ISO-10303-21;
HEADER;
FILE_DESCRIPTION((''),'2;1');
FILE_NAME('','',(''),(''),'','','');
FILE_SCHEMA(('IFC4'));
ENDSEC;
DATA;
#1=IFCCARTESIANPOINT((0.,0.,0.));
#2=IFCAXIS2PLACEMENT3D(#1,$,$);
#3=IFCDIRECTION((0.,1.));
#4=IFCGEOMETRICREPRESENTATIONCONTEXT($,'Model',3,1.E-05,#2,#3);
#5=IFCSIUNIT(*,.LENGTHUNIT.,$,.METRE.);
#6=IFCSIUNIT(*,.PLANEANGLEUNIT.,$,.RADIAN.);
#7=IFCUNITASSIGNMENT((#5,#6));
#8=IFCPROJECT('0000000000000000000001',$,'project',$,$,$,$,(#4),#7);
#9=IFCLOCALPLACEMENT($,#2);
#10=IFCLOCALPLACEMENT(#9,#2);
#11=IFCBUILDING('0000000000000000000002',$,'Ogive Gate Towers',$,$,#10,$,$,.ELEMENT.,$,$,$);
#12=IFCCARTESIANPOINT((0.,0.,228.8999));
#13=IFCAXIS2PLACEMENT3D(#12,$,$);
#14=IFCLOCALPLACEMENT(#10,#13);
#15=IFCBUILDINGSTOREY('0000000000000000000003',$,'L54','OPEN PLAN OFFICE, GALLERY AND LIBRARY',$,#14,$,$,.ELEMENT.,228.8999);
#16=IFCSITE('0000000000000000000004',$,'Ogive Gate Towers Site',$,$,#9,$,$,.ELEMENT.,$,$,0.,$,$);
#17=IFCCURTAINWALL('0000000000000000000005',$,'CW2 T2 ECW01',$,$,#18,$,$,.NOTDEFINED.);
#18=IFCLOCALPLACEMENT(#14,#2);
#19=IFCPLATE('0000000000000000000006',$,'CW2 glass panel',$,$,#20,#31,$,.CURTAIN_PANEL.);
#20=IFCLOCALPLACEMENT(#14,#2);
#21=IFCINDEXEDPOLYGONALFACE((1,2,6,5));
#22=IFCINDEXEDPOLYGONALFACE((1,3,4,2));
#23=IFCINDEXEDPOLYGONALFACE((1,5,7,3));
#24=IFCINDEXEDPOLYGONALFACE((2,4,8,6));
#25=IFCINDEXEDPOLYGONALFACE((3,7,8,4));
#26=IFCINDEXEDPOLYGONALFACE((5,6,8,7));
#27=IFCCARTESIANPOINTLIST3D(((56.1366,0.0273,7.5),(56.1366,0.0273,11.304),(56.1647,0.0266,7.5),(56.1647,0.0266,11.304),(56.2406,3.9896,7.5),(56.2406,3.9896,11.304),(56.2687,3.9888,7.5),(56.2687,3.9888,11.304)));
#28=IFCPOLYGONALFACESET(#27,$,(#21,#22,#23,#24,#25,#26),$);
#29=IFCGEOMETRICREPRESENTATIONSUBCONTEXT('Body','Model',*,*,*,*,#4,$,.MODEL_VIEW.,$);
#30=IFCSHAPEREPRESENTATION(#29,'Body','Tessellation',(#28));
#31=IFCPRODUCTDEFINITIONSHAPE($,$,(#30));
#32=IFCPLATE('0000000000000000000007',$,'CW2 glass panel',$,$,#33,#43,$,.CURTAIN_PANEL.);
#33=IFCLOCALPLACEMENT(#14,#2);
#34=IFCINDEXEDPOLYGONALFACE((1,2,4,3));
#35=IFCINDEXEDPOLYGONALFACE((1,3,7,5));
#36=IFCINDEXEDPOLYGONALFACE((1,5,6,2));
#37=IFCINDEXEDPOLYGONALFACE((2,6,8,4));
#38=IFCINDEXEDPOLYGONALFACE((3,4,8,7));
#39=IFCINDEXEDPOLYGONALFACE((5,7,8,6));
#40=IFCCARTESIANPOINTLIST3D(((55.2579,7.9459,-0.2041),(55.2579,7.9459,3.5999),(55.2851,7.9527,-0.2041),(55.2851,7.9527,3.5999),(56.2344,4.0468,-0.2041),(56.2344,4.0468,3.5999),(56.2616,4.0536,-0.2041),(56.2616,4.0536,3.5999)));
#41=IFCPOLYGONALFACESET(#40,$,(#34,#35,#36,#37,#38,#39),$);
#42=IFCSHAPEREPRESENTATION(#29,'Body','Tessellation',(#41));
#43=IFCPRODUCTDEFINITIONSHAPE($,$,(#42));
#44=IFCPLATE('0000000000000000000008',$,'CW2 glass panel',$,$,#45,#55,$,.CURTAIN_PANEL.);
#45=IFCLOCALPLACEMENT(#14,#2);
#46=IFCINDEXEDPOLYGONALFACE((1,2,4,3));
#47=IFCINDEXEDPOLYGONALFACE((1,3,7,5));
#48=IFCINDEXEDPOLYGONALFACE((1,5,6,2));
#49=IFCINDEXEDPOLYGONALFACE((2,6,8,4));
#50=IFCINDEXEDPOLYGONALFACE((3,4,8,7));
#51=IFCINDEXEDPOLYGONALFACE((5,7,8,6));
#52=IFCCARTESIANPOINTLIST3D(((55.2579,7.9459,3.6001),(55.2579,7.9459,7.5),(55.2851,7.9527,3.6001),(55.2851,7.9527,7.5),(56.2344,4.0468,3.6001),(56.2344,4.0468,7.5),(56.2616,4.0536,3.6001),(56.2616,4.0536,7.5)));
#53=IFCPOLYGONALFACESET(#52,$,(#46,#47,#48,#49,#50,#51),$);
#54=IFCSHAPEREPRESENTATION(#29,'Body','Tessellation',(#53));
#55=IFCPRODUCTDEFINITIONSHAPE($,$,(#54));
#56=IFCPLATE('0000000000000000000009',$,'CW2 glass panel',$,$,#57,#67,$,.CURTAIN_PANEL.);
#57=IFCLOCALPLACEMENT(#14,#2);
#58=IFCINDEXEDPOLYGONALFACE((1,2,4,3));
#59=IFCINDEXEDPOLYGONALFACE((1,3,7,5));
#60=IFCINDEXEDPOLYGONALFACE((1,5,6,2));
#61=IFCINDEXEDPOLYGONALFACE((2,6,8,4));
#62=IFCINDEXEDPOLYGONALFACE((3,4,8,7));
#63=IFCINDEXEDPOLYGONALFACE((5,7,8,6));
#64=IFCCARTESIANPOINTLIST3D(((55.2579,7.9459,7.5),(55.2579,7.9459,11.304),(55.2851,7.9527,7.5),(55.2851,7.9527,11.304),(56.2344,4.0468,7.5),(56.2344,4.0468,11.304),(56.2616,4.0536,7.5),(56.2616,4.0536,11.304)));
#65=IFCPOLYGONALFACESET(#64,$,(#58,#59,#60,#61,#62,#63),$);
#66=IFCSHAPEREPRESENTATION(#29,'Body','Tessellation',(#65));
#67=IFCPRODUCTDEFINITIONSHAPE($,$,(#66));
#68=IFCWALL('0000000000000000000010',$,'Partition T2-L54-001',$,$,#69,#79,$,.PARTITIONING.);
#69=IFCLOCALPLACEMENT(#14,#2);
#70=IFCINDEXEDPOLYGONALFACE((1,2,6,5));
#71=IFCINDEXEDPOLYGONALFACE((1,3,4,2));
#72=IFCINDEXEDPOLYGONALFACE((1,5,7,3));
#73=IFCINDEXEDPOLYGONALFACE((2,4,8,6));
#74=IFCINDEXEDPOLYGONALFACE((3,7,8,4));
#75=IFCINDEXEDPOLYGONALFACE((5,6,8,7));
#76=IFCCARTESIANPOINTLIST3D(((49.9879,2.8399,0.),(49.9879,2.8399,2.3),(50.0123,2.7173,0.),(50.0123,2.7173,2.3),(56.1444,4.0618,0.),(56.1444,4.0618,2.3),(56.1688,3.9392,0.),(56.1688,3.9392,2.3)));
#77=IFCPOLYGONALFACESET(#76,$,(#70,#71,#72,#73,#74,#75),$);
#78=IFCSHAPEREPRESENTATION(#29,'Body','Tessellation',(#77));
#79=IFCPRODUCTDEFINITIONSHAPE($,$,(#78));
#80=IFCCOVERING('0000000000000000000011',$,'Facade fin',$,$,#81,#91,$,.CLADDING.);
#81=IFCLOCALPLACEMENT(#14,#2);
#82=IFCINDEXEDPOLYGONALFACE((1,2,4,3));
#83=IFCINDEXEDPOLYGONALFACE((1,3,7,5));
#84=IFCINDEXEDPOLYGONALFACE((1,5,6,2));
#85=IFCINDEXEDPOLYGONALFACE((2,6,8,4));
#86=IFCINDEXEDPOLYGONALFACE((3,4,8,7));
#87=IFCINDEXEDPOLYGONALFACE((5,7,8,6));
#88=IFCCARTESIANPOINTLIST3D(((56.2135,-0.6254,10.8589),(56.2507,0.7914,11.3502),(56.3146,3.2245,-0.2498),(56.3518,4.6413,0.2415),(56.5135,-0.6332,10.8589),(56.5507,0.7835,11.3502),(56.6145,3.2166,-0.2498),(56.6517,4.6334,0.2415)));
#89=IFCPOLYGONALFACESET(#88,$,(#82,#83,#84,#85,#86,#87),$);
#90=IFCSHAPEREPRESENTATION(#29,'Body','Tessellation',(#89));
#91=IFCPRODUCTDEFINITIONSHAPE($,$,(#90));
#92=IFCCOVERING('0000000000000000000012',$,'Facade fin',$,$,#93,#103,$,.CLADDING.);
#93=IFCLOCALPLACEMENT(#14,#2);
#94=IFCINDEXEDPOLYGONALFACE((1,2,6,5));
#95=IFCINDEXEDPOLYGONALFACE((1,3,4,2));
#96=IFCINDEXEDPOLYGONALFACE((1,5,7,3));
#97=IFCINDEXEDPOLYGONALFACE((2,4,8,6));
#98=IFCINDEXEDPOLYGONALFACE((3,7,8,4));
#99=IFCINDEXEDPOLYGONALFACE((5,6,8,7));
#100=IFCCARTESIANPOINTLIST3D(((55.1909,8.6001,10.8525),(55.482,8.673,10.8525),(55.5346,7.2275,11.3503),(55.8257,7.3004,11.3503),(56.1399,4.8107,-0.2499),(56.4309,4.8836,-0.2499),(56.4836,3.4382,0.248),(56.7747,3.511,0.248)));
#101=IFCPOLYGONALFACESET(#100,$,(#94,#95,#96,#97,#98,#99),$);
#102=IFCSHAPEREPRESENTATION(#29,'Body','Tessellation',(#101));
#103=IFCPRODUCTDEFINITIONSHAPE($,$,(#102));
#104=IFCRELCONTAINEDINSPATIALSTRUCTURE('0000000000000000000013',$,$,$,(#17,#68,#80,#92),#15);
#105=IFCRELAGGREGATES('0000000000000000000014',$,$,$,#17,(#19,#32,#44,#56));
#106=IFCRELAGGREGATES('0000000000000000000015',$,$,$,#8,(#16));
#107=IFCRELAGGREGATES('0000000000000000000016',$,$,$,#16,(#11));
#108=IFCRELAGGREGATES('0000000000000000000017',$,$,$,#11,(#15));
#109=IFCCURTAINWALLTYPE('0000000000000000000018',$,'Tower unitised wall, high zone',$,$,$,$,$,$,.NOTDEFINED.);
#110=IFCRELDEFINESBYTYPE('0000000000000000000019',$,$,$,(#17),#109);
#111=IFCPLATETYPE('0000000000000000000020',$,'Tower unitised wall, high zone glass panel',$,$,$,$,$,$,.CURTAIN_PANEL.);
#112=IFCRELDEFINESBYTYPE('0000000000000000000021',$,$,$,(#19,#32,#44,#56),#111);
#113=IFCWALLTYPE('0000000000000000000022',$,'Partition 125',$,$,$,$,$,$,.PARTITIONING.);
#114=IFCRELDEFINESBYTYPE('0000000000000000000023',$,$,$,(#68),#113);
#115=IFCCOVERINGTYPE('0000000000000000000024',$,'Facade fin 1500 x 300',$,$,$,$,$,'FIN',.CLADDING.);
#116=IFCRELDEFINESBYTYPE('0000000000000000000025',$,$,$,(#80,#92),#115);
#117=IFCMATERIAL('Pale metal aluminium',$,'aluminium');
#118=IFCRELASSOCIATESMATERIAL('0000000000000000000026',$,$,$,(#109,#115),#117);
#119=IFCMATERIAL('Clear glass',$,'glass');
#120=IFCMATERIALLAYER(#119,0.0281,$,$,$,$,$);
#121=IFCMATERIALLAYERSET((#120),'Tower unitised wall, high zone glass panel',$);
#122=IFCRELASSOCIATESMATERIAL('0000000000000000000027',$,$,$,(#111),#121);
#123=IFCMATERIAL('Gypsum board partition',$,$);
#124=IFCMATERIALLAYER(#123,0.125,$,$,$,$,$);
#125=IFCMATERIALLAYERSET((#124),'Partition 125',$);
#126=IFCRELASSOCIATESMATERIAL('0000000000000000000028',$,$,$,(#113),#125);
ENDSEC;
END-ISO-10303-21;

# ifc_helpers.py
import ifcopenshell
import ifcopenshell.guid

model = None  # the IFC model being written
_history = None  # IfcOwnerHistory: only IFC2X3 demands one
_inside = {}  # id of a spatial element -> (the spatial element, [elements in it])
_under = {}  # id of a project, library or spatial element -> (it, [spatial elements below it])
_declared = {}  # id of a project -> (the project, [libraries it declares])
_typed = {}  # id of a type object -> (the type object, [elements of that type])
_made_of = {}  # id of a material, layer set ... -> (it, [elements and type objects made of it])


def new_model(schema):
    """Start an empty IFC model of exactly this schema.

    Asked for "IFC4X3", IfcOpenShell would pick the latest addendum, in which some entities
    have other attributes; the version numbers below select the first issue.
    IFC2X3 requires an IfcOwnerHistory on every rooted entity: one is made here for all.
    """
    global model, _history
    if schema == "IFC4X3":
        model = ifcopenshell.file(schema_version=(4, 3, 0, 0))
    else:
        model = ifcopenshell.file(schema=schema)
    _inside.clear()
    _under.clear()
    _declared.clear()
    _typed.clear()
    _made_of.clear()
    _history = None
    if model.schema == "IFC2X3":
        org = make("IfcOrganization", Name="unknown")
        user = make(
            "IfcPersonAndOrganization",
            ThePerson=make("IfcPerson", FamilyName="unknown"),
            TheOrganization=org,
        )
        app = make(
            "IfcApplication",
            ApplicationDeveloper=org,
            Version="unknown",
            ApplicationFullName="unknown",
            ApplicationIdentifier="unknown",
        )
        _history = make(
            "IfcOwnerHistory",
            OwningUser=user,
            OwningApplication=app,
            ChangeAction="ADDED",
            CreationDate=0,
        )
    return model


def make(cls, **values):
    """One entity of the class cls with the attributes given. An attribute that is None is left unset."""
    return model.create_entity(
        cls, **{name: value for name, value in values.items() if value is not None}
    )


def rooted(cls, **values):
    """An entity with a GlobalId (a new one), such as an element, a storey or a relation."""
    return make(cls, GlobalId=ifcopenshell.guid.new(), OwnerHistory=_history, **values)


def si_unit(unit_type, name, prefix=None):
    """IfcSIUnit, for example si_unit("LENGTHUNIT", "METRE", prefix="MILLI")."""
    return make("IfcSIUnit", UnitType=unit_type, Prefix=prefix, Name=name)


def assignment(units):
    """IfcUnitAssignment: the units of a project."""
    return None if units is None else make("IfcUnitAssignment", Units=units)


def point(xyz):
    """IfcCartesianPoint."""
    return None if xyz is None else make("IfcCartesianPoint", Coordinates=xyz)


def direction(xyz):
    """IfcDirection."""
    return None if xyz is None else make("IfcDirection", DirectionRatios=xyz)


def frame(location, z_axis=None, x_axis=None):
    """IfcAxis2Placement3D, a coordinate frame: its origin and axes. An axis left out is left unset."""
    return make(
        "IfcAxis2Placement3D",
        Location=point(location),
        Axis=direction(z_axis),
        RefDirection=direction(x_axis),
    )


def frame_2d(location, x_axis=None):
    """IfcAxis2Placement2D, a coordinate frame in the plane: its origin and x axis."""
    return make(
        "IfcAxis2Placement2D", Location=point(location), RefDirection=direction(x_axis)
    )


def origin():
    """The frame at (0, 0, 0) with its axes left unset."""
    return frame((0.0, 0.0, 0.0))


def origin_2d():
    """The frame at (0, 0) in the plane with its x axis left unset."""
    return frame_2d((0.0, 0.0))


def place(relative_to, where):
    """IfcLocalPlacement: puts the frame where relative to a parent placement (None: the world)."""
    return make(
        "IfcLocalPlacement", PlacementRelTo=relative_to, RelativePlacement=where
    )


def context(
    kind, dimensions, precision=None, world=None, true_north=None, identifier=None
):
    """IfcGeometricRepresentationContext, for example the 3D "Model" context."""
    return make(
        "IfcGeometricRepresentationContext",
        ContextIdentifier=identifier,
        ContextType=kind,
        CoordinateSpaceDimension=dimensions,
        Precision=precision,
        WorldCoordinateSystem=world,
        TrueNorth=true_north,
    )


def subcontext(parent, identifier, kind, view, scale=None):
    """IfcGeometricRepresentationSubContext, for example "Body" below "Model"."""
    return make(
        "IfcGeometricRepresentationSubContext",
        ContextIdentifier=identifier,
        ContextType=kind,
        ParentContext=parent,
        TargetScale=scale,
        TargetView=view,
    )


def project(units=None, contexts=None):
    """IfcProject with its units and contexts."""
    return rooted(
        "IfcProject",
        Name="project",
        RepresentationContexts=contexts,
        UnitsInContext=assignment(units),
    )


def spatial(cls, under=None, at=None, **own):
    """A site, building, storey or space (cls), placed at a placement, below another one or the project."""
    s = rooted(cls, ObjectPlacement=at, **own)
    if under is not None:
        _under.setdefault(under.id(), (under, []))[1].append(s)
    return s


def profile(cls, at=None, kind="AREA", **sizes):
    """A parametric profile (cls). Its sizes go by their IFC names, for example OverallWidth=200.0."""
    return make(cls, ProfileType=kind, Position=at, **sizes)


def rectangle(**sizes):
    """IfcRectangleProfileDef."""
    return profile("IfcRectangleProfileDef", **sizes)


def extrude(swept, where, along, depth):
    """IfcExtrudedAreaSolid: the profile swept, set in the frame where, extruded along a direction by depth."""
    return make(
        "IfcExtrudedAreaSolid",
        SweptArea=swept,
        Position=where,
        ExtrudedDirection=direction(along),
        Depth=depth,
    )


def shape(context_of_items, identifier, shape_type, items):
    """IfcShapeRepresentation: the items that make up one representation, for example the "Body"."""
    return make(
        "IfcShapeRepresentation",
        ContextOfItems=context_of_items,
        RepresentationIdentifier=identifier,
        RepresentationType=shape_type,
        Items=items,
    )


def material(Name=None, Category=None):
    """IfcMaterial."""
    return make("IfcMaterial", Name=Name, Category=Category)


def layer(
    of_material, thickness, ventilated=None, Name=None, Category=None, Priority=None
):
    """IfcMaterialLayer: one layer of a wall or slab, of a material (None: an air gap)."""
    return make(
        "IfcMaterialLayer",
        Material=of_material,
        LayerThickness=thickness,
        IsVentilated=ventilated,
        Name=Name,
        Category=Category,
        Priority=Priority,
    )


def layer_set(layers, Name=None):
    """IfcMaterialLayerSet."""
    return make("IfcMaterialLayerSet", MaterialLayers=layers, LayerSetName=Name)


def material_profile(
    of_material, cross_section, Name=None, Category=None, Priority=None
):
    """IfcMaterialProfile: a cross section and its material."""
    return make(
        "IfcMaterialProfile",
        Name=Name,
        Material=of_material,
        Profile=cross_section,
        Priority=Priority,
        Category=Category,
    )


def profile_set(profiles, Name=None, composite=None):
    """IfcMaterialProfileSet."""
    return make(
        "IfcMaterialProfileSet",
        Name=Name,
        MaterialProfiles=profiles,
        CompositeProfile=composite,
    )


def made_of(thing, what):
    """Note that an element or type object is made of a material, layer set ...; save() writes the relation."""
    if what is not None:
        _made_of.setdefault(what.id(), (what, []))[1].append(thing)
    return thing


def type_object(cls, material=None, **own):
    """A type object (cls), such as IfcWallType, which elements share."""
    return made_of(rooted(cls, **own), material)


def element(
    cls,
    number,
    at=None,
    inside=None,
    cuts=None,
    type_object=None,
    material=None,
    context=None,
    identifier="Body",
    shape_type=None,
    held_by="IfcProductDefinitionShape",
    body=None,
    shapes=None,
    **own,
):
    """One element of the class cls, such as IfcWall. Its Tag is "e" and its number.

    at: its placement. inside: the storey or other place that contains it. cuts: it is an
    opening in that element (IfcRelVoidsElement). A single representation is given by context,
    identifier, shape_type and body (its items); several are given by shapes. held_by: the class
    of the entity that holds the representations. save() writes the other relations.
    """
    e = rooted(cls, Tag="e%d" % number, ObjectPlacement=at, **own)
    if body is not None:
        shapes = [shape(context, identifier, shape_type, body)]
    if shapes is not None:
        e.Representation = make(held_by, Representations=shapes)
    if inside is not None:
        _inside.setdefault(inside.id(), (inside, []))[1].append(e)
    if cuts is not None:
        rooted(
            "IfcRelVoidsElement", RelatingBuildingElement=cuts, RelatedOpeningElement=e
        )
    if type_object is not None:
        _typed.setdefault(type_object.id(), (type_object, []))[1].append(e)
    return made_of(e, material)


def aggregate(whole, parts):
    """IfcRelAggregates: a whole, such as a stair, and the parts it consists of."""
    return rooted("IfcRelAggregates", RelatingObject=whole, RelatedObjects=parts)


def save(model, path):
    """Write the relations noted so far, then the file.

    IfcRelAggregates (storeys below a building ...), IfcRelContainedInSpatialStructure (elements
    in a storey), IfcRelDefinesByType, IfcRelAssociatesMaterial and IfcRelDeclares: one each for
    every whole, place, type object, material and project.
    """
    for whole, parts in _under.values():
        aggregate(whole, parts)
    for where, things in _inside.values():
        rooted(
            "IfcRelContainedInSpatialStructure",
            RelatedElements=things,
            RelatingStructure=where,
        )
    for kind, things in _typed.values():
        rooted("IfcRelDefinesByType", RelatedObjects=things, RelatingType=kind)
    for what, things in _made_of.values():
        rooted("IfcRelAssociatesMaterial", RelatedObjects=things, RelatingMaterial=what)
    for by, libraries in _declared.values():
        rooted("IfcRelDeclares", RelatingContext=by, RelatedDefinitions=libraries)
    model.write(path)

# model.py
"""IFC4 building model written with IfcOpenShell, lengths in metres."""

from ifc_helpers import new_model, si_unit, direction, frame, frame_2d, origin, origin_2d, place, context, subcontext, project, spatial, rectangle, extrude, material, layer, layer_set, material_profile, profile_set, type_object, element, aggregate, save


model = new_model("IFC4")

# Units and contexts
model_context = context("Model", 3, precision=1e-05, world=origin(), true_north=direction((0.0, 1.0)))
body_context = subcontext(model_context, "Body", "Model", "MODEL_VIEW")
ifc_project = project(units=[si_unit("LENGTHUNIT", "METRE"), si_unit("PLANEANGLEUNIT", "RADIAN")], contexts=[model_context])

# Site, building, storey
site_placement = place(None, origin())
site = spatial("IfcSite", under=ifc_project, at=site_placement, Name="Ogive Gate Towers Site", CompositionType="ELEMENT", RefElevation=0.0)
building_placement = place(site_placement, origin())
building = spatial("IfcBuilding", under=site, at=building_placement, Name="Ogive Gate Towers", CompositionType="ELEMENT")
storey_placement = place(building_placement, frame((0.0, 0.0, 228.8999)))
storey = spatial("IfcBuildingStorey", under=building, at=storey_placement, Name="L54", Description="OPEN PLAN OFFICE, GALLERY AND LIBRARY", CompositionType="ELEMENT", Elevation=228.8999)

# Curtain wall, plates
ifc_material_1 = material(Name="Pale metal aluminium", Category="aluminium")
curtain_wall_type = type_object("IfcCurtainWallType", Name="Tower unitised wall, high zone", PredefinedType="NOTDEFINED", material=ifc_material_1)
curtain_wall_placement = place(storey_placement, origin())
curtain_wall = element("IfcCurtainWall", 1, at=curtain_wall_placement, inside=storey, type_object=curtain_wall_type, Name="CW2 T2 ECW01", PredefinedType="NOTDEFINED")
ifc_material_2 = material(Name="Clear glass", Category="glass")
ifc_layer_1 = layer(ifc_material_2, 0.0281)
ifc_layer_set_1 = layer_set([ifc_layer_1], Name="Tower unitised wall, high zone glass panel")
plate_type = type_object("IfcPlateType", Name="Tower unitised wall, high zone glass panel", PredefinedType="CURTAIN_PANEL", material=ifc_layer_set_1)
plate_1_placement = place(storey_placement, frame((56.2026, 2.0081, 7.5), z_axis=(0.0, 0.0, 1.0), x_axis=(0.026229, 0.999656, 0.0)))
plate_1 = element("IfcPlate", 2, at=plate_1_placement, type_object=plate_type, Name="CW2 glass panel", PredefinedType="CURTAIN_PANEL", context=body_context, shape_type="SweptSolid", body=[
    extrude(rectangle(XDim=3.9636, YDim=0.0281, at=origin_2d()), origin(), (0.0, 0.0, 1.0), 3.804),
])
plate_2_placement = place(storey_placement, frame((55.7598, 5.9998, -0.2041), z_axis=(0.0, 0.0, 1.0), x_axis=(-0.242938, 0.970042, 0.0)))
plate_2 = element("IfcPlate", 3, at=plate_2_placement, type_object=plate_type, Name="CW2 glass panel", PredefinedType="CURTAIN_PANEL", context=body_context, shape_type="SweptSolid", body=[
    extrude(rectangle(XDim=4.0195, YDim=0.0281, at=origin_2d()), origin(), (0.0, 0.0, 1.0), 3.804),
])
plate_3_placement = place(storey_placement, frame((55.7598, 5.9998, 3.6001), z_axis=(0.0, 0.0, 1.0), x_axis=(-0.242938, 0.970042, 0.0)))
plate_3 = element("IfcPlate", 4, at=plate_3_placement, type_object=plate_type, Name="CW2 glass panel", PredefinedType="CURTAIN_PANEL", context=body_context, shape_type="SweptSolid", body=[
    extrude(rectangle(XDim=4.0195, YDim=0.0281, at=origin_2d()), origin(), (0.0, 0.0, 1.0), 3.8999),
])
plate_4_placement = place(storey_placement, frame((55.7598, 5.9998, 7.5), z_axis=(0.0, 0.0, 1.0), x_axis=(-0.242938, 0.970042, 0.0)))
plate_4 = element("IfcPlate", 5, at=plate_4_placement, type_object=plate_type, Name="CW2 glass panel", PredefinedType="CURTAIN_PANEL", context=body_context, shape_type="SweptSolid", body=[
    extrude(rectangle(XDim=4.0195, YDim=0.0281, at=origin_2d()), origin(), (0.0, 0.0, 1.0), 3.804),
])
aggregate(curtain_wall, [plate_1, plate_2, plate_3, plate_4])

# Wall
ifc_material_3 = material(Name="Gypsum board partition")
ifc_layer_2 = layer(ifc_material_3, 0.125)
ifc_layer_set_2 = layer_set([ifc_layer_2], Name="Partition 125")
wall_type = type_object("IfcWallType", Name="Partition 125", PredefinedType="PARTITIONING", material=ifc_layer_set_2)
wall_placement = place(storey_placement, frame((56.1565, 4.0005, 0.0), z_axis=(0.0, 0.0, 1.0), x_axis=(-0.980867, -0.19468, 0.0)))
element("IfcWall", 6, at=wall_placement, inside=storey, type_object=wall_type, Name="Partition T2-L54-001", PredefinedType="PARTITIONING", context=body_context, shape_type="SweptSolid", body=[
    extrude(rectangle(XDim=6.2766, YDim=0.125, at=frame_2d((3.1382, 0.0))), origin(), (0.0, 0.0, 1.0), 2.3),
])

# Coverings
ifc_material_profile_1 = material_profile(ifc_material_1, rectangle(XDim=0.3, YDim=1.5, at=origin_2d()), Name="1500 x 300 pale metal aluminium")
ifc_profile_set_1 = profile_set([ifc_material_profile_1], Name="Pale metal aluminium")
covering_type = type_object("IfcCoveringType", Name="Facade fin 1500 x 300", ElementType="FIN", PredefinedType="CLADDING", material=ifc_profile_set_1)
covering_1_placement = place(storey_placement, frame((56.4832, 3.929, -0.0042), z_axis=(-0.008597, -0.327444, 0.944831), x_axis=(0.999656, -0.026245, 0.0)))
element("IfcCovering", 7, at=covering_1_placement, inside=storey, type_object=covering_type, Name="Facade fin", PredefinedType="CLADDING", context=body_context, shape_type="SweptSolid", body=[
    extrude(rectangle(XDim=0.3, YDim=1.5, at=origin_2d()), origin(), (0.0, 0.0, 1.0), 11.7573),
])
covering_2_placement = place(storey_placement, frame((56.4573, 4.1609, -0.001), z_axis=(-0.08063, 0.321961, 0.943313), x_axis=(-0.970043, -0.242933, 0.0)))
element("IfcCovering", 8, at=covering_2_placement, inside=storey, type_object=covering_type, Name="Facade fin", PredefinedType="CLADDING", context=body_context, shape_type="SweptSolid", body=[
    extrude(rectangle(XDim=0.3, YDim=1.5, at=origin_2d()), origin(), (0.0, 0.0, 1.0), 11.7695),
])

save(model, "model.ifc")
